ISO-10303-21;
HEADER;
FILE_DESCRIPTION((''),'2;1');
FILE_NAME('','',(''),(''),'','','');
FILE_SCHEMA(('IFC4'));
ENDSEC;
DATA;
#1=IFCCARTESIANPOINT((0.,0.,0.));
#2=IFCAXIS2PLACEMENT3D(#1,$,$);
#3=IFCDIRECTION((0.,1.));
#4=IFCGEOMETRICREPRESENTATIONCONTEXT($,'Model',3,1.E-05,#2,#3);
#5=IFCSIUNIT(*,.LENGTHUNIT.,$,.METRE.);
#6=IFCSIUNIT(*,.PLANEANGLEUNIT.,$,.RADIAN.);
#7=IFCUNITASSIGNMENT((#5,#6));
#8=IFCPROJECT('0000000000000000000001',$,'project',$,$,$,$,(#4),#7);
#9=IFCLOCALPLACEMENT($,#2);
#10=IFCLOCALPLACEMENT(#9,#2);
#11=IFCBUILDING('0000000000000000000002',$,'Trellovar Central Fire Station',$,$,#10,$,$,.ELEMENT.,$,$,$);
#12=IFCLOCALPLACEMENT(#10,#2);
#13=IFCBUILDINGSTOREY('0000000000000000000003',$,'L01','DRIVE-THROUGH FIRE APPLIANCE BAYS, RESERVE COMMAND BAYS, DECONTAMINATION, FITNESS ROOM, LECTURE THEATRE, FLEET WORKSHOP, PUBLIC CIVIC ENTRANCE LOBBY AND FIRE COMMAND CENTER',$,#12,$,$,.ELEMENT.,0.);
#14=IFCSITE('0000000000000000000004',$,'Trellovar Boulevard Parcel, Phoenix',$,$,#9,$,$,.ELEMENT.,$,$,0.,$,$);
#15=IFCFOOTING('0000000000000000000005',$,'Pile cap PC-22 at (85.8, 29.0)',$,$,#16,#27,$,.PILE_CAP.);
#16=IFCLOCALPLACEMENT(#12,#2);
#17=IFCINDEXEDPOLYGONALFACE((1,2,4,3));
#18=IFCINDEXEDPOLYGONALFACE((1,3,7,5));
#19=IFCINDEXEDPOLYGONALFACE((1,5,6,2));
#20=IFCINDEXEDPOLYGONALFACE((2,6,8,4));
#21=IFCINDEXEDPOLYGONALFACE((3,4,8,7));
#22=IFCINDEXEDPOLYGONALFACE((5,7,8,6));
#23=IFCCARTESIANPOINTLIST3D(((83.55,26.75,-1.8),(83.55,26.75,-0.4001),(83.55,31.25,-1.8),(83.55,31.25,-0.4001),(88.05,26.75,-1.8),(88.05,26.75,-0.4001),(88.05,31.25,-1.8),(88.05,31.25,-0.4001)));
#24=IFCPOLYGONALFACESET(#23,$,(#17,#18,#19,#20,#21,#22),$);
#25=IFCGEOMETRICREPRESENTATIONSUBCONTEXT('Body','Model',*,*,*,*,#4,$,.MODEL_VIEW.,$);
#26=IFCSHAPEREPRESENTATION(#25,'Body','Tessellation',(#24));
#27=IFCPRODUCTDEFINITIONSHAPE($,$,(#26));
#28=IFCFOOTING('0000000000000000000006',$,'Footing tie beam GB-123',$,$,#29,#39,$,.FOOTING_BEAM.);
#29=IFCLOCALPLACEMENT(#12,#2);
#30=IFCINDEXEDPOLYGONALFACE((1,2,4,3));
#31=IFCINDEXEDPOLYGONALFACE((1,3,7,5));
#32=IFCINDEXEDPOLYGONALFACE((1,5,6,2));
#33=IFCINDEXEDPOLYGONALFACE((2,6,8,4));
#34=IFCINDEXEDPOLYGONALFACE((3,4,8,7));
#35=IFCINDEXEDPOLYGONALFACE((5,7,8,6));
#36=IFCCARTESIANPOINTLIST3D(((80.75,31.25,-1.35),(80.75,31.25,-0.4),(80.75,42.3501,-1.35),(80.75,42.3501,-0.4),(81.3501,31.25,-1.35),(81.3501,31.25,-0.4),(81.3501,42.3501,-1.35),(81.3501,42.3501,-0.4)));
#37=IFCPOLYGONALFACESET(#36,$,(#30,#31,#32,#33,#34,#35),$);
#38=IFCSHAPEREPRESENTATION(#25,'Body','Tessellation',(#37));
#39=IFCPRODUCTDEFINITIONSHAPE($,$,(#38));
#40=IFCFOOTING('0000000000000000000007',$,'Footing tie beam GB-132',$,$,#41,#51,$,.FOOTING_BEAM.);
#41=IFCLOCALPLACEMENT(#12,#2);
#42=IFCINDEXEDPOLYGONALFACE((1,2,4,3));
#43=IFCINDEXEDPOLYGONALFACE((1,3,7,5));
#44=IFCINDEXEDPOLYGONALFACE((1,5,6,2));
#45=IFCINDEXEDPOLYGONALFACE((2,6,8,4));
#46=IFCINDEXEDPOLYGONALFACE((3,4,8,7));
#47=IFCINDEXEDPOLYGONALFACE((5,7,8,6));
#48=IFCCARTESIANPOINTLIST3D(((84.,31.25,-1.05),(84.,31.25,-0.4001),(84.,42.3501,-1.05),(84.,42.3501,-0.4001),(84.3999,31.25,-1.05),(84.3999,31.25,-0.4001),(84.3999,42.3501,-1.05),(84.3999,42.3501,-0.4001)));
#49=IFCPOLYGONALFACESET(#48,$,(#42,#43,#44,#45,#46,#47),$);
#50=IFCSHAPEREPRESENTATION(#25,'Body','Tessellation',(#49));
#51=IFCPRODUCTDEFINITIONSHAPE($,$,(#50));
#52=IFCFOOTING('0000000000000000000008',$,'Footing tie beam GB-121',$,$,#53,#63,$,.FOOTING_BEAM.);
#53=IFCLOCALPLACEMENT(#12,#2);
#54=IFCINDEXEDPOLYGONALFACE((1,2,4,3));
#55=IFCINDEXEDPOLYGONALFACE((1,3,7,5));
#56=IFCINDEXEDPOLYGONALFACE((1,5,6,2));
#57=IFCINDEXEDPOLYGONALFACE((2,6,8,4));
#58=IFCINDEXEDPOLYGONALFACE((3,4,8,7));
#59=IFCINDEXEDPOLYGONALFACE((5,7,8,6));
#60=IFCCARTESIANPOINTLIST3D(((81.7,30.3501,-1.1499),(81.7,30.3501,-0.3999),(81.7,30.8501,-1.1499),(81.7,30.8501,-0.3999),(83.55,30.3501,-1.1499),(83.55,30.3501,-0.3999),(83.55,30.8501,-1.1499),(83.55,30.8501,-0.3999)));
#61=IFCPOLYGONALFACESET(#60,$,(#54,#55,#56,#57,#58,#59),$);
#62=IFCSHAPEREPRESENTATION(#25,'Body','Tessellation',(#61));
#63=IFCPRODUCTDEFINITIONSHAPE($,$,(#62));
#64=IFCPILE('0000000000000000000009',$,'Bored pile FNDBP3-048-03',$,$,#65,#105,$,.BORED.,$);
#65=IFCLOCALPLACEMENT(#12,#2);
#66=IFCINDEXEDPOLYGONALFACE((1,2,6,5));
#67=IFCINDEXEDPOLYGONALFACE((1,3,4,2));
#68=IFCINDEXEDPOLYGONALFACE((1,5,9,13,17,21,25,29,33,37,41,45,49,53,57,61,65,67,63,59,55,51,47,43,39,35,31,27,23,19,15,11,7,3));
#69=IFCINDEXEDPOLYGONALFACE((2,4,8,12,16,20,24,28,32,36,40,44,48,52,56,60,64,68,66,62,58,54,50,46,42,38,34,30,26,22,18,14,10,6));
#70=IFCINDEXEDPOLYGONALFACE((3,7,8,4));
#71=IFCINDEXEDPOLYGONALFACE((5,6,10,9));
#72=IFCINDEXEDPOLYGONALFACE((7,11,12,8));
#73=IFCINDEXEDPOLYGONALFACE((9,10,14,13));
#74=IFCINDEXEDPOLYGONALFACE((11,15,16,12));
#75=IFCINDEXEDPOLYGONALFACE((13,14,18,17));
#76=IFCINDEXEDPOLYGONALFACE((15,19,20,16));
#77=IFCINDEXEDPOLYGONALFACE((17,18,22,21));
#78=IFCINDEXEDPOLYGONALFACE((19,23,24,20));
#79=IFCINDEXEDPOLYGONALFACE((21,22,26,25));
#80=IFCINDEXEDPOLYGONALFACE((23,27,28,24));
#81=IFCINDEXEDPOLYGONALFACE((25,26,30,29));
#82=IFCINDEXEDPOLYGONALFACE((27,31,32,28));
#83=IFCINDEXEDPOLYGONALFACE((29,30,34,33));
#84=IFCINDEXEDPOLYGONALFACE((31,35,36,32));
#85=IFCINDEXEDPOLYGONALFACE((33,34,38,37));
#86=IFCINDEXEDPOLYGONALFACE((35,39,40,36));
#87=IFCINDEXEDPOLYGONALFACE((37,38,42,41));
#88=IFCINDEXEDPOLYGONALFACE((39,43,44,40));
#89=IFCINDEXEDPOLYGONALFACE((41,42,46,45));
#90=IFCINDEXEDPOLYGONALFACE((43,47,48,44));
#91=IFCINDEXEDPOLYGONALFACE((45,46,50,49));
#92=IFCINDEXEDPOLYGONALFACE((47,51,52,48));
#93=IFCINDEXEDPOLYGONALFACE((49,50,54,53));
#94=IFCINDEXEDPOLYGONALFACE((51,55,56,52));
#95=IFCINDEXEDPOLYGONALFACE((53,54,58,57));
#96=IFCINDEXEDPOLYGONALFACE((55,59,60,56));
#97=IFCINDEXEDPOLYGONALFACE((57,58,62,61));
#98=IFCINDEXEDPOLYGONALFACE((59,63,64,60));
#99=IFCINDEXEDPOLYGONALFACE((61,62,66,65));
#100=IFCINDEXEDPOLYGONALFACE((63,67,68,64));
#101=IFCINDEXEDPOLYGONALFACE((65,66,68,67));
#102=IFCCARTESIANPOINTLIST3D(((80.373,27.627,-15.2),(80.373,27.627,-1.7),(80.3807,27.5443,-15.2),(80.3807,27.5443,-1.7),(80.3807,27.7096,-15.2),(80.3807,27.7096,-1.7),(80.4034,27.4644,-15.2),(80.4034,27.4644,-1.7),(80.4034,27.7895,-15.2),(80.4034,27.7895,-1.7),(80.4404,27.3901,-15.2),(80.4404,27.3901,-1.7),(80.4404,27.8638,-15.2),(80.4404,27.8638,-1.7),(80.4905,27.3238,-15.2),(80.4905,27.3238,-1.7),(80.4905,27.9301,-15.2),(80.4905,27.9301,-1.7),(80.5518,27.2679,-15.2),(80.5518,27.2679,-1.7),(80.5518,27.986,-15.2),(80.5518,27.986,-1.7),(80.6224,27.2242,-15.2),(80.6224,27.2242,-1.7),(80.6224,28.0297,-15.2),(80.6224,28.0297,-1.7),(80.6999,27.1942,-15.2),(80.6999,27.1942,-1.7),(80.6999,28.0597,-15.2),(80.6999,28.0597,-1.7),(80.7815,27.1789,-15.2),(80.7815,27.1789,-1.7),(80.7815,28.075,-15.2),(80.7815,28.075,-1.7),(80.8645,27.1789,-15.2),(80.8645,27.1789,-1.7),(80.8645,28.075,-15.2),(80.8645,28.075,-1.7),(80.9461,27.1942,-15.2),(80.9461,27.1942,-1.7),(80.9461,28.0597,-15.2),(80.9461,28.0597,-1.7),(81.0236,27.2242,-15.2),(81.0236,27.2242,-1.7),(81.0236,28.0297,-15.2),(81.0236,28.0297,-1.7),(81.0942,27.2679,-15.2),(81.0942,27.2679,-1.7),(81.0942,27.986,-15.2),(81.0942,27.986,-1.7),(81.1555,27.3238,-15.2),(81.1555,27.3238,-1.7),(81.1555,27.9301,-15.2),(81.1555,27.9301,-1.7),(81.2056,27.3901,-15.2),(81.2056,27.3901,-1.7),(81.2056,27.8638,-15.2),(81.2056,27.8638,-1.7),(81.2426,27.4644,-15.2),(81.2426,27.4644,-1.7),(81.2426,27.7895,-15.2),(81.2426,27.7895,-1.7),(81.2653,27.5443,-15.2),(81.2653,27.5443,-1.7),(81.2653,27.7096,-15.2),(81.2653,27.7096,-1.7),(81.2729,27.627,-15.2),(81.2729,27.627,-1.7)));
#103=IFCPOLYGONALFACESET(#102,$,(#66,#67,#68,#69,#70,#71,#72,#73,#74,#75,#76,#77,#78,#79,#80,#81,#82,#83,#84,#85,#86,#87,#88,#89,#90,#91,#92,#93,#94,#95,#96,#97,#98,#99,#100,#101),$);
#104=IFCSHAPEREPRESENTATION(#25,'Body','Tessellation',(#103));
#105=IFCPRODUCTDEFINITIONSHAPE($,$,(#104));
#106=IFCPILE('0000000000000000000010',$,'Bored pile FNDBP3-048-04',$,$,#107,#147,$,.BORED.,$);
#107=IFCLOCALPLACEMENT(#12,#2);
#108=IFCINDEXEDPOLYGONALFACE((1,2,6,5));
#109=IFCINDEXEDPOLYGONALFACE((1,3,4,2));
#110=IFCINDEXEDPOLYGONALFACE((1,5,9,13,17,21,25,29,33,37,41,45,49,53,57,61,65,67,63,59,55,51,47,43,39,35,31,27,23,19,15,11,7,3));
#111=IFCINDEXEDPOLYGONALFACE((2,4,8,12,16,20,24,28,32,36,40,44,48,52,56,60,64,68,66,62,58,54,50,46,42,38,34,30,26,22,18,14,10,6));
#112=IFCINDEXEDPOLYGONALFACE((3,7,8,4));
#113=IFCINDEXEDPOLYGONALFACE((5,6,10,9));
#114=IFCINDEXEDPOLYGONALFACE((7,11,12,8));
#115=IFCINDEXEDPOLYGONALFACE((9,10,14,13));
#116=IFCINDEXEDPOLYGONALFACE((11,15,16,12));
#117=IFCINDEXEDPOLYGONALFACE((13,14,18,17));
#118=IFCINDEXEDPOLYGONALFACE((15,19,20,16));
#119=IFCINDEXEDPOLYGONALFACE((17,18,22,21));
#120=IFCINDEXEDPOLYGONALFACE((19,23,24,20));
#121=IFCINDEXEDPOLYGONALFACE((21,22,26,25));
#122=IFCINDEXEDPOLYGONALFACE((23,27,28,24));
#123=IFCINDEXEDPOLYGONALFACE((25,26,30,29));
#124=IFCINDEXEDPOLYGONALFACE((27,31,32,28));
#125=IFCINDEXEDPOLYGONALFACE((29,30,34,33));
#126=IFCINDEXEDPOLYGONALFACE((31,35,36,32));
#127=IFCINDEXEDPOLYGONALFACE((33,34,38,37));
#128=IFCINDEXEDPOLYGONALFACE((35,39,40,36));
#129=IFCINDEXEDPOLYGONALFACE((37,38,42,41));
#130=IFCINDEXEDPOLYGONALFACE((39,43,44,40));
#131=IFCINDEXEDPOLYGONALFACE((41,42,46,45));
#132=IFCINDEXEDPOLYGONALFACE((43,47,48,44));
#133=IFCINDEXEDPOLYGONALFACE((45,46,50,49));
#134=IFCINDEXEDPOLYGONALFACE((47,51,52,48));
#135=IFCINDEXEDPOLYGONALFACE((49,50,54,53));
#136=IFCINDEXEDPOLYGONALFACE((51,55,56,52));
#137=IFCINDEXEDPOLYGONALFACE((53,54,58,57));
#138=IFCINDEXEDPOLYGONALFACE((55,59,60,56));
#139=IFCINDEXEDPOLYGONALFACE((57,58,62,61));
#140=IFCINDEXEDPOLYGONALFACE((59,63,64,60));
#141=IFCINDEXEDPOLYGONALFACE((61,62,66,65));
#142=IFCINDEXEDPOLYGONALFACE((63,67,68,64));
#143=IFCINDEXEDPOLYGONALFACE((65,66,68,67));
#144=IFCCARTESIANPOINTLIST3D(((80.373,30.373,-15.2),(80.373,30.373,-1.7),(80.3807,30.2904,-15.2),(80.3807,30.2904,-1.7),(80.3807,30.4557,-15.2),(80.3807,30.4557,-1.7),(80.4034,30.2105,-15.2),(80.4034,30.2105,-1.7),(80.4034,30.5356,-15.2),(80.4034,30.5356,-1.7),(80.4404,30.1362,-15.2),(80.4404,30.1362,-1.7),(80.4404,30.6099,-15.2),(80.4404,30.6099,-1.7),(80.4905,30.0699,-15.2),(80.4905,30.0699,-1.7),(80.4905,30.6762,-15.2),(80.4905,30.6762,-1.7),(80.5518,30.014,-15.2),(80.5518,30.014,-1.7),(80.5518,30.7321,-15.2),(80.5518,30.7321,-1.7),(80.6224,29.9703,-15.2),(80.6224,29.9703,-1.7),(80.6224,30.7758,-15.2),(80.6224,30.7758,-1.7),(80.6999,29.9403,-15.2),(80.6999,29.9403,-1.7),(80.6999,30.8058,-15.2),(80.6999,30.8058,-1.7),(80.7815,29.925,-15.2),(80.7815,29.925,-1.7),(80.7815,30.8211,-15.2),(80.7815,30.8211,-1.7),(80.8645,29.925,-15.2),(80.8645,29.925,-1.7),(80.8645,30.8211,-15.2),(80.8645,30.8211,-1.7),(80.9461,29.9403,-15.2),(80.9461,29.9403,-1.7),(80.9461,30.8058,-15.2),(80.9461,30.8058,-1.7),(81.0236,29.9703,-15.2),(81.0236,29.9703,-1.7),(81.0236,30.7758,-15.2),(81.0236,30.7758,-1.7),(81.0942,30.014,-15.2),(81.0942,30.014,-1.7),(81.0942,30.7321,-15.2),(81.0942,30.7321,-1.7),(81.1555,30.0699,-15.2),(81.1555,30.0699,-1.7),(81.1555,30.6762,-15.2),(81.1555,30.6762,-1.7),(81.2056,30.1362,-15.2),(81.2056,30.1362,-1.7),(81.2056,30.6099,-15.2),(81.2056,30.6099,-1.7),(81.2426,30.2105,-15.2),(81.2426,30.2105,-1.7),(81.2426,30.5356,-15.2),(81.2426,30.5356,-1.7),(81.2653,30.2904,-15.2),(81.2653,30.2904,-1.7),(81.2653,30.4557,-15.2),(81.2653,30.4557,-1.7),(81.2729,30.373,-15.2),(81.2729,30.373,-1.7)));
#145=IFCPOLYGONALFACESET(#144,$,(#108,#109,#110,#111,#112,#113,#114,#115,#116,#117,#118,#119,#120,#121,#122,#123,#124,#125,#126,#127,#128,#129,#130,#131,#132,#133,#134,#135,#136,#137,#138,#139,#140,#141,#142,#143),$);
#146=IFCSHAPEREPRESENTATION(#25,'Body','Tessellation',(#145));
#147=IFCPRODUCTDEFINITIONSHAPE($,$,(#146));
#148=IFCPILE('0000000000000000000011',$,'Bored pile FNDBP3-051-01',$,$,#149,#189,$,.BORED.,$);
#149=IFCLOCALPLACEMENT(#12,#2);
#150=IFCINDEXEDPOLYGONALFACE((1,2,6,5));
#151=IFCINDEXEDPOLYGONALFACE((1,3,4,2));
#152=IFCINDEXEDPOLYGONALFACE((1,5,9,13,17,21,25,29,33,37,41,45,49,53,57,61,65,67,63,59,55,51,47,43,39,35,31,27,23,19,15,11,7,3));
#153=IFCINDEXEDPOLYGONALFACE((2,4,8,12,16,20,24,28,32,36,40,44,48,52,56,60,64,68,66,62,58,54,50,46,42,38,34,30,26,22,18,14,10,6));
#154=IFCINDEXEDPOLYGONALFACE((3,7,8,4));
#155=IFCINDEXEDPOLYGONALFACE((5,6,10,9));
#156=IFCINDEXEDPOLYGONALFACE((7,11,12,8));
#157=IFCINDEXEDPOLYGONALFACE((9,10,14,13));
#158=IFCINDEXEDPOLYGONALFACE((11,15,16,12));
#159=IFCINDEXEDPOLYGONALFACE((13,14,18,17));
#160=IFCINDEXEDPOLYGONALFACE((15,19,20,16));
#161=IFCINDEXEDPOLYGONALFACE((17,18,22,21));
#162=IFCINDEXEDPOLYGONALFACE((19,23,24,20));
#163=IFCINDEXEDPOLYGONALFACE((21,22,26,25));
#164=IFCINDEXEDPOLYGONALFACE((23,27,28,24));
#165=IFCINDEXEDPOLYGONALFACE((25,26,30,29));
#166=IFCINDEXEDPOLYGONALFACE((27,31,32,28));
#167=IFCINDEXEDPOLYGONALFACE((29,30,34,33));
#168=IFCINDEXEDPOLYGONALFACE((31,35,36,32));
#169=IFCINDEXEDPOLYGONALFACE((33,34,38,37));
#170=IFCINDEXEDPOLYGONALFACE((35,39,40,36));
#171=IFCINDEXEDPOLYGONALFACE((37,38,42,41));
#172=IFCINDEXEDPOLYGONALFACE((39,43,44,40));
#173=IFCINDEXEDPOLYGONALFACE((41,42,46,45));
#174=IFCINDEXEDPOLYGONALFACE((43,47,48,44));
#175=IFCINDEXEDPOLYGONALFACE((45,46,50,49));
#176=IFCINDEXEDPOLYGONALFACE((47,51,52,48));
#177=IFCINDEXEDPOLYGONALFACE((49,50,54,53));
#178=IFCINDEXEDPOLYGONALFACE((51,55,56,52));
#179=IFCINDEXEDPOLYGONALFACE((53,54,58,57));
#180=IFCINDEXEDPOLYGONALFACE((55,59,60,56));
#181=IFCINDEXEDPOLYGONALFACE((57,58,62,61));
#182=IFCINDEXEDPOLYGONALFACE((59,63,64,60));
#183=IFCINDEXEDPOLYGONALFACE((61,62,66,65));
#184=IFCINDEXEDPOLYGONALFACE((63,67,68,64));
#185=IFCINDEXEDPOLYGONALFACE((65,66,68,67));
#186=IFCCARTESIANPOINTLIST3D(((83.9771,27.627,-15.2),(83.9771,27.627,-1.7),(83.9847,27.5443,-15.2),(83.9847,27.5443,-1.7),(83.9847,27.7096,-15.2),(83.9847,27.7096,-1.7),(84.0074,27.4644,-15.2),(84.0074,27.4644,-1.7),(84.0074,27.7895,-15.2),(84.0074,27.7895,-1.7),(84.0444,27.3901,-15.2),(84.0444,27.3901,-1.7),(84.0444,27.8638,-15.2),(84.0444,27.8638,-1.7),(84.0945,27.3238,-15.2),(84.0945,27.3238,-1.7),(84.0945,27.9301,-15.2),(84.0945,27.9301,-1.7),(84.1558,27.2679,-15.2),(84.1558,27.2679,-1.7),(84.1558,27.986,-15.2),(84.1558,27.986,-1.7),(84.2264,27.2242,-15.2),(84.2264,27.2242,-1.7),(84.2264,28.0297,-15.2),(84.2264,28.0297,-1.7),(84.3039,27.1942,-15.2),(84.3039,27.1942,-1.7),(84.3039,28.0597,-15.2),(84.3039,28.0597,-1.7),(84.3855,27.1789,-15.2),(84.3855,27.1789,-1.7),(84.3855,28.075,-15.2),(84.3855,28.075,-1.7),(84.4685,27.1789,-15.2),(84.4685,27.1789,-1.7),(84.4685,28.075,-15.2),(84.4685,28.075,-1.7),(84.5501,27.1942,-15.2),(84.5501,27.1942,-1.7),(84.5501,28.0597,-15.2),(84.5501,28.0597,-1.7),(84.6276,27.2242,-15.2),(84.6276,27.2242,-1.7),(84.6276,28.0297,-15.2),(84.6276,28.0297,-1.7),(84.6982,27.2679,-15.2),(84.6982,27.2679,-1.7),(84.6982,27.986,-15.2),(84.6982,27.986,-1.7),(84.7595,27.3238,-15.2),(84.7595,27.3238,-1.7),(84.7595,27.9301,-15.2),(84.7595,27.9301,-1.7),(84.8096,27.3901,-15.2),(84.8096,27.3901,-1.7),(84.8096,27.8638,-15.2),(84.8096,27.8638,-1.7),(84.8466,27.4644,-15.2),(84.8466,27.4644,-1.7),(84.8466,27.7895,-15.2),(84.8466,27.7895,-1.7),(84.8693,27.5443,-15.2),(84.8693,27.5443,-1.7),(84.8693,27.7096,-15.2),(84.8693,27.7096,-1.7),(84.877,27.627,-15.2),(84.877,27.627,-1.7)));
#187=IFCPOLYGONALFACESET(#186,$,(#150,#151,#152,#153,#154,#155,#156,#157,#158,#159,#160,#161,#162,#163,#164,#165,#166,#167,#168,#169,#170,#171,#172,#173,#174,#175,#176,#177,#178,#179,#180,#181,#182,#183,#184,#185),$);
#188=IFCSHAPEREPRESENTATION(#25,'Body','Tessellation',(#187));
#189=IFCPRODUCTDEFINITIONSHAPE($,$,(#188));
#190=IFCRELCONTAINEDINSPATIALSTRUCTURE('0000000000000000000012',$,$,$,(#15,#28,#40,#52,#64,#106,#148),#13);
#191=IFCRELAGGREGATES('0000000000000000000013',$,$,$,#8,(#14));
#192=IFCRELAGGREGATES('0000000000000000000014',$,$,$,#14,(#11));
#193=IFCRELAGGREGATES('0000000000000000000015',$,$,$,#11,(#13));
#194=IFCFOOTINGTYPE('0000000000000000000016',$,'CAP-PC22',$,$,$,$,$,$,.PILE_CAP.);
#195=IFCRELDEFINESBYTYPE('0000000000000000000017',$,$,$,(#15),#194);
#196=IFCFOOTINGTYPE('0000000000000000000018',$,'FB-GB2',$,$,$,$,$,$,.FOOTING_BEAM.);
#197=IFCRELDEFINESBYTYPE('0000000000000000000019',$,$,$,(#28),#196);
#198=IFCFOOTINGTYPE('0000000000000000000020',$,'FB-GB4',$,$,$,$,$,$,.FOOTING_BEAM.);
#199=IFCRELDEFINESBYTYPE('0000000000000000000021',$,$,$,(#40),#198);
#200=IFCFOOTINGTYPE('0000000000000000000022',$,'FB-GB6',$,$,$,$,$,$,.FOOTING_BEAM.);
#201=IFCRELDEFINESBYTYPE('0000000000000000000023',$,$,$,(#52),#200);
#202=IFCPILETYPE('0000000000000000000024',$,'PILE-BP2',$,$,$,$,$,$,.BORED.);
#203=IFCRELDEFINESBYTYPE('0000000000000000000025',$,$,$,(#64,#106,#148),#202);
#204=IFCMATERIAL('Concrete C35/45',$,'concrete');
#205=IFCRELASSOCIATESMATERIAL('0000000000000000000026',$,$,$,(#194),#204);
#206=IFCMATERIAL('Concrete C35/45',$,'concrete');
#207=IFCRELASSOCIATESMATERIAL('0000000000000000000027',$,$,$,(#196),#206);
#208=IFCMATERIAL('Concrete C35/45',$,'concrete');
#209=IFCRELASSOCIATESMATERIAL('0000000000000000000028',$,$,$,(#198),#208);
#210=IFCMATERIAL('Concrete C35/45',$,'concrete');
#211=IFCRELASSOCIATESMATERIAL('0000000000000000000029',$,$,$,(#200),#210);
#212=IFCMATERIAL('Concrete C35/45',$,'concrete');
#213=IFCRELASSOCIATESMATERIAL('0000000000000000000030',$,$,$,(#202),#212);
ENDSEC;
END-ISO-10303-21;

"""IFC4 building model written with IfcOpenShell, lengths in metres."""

from ifc_helpers import new_model, si_unit, direction, frame, origin, origin_2d, place, context, subcontext, project, spatial, rectangle, circle, extrude, material, material_profile, profile_set, type_object, element, save


model = new_model("IFC4")

# Units and contexts
model_context = context("Model", 3, precision=1e-05, world=origin(), true_north=direction((0.0, 1.0)))
body_context = subcontext(model_context, "Body", "Model", "MODEL_VIEW")
ifc_project = project(units=[si_unit("LENGTHUNIT", "METRE"), si_unit("PLANEANGLEUNIT", "RADIAN")], contexts=[model_context])

# Site, building, storey
site_placement = place(None, origin())
site = spatial("IfcSite", under=ifc_project, at=site_placement, Name="Trellovar Boulevard Parcel, Phoenix", CompositionType="ELEMENT", RefElevation=0.0)
building_placement = place(site_placement, origin())
building = spatial("IfcBuilding", under=site, at=building_placement, Name="Trellovar Central Fire Station", CompositionType="ELEMENT")
storey_placement = place(building_placement, origin())
storey = spatial("IfcBuildingStorey", under=building, at=storey_placement, Name="L01", Description="DRIVE-THROUGH FIRE APPLIANCE BAYS, RESERVE COMMAND BAYS, DECONTAMINATION, FITNESS ROOM, LECTURE THEATRE, FLEET WORKSHOP, PUBLIC CIVIC ENTRANCE LOBBY AND FIRE COMMAND CENTER", CompositionType="ELEMENT", Elevation=0.0)

# Footings
ifc_material_1 = material(Name="Concrete C35/45", Category="concrete")
footing_type_1 = type_object("IfcFootingType", Name="CAP-PC22", PredefinedType="PILE_CAP", material=ifc_material_1)
footing_1_placement = place(storey_placement, frame((85.8, 29.0, -1.8), z_axis=(0.0, 0.0, 1.0), x_axis=(1.0, 0.0, 0.0)))
element("IfcFooting", 1, at=footing_1_placement, inside=storey, type_object=footing_type_1, Name="Pile cap PC-22 at (85.8, 29.0)", PredefinedType="PILE_CAP", context=body_context, shape_type="SweptSolid", body=[
    extrude(rectangle(XDim=4.5, YDim=4.5, at=origin_2d()), origin(), (0.0, 0.0, 1.0), 1.3999),
])
ifc_material_2 = material(Name="Concrete C35/45", Category="concrete")
ifc_material_profile_1 = material_profile(ifc_material_2, rectangle(XDim=0.6001, YDim=0.95, at=origin_2d()), Name="RC600X950")
ifc_profile_set_1 = profile_set([ifc_material_profile_1], Name="Concrete C35/45")
footing_type_2 = type_object("IfcFootingType", Name="FB-GB2", PredefinedType="FOOTING_BEAM", material=ifc_profile_set_1)
footing_2_placement = place(storey_placement, frame((81.05, 31.25, -0.875), z_axis=(0.0, 1.0, 0.0), x_axis=(-1.0, 0.0, 0.0)))
element("IfcFooting", 2, at=footing_2_placement, inside=storey, type_object=footing_type_2, Name="Footing tie beam GB-123", PredefinedType="FOOTING_BEAM", context=body_context, shape_type="SweptSolid", body=[
    extrude(rectangle(XDim=0.6001, YDim=0.95, at=origin_2d()), origin(), (0.0, 0.0, 1.0), 11.1001),
])
ifc_material_3 = material(Name="Concrete C35/45", Category="concrete")
ifc_material_profile_2 = material_profile(ifc_material_3, rectangle(XDim=0.3999, YDim=0.6499, at=origin_2d()), Name="RC400X650")
ifc_profile_set_2 = profile_set([ifc_material_profile_2], Name="Concrete C35/45")
footing_type_3 = type_object("IfcFootingType", Name="FB-GB4", PredefinedType="FOOTING_BEAM", material=ifc_profile_set_2)
footing_3_placement = place(storey_placement, frame((84.2, 31.25, -0.7251), z_axis=(0.0, 1.0, 0.0), x_axis=(-1.0, 0.0, 0.0)))
element("IfcFooting", 3, at=footing_3_placement, inside=storey, type_object=footing_type_3, Name="Footing tie beam GB-132", PredefinedType="FOOTING_BEAM", context=body_context, shape_type="SweptSolid", body=[
    extrude(rectangle(XDim=0.3999, YDim=0.6499, at=origin_2d()), origin(), (0.0, 0.0, 1.0), 11.1001),
])
ifc_material_4 = material(Name="Concrete C35/45", Category="concrete")
ifc_material_profile_3 = material_profile(ifc_material_4, rectangle(XDim=0.5, YDim=0.75, at=origin_2d()), Name="RC500X750")
ifc_profile_set_3 = profile_set([ifc_material_profile_3], Name="Concrete C35/45")
footing_type_4 = type_object("IfcFootingType", Name="FB-GB6", PredefinedType="FOOTING_BEAM", material=ifc_profile_set_3)
footing_4_placement = place(storey_placement, frame((81.7, 30.6001, -0.7749), z_axis=(1.0, 0.0, 0.0), x_axis=(0.0, 1.0, 0.0)))
element("IfcFooting", 4, at=footing_4_placement, inside=storey, type_object=footing_type_4, Name="Footing tie beam GB-121", PredefinedType="FOOTING_BEAM", context=body_context, shape_type="SweptSolid", body=[
    extrude(rectangle(XDim=0.5, YDim=0.75, at=origin_2d()), origin(), (0.0, 0.0, 1.0), 1.8501),
])

# Piles
ifc_material_5 = material(Name="Concrete C35/45", Category="concrete")
ifc_material_profile_4 = material_profile(ifc_material_5, circle(Radius=0.45, at=origin_2d()), Name="PILE900")
ifc_profile_set_4 = profile_set([ifc_material_profile_4], Name="Concrete C35/45")
pile_type = type_object("IfcPileType", Name="PILE-BP2", PredefinedType="BORED", material=ifc_profile_set_4)
for number, where, z_axis, x_axis, name in (
    (5, (80.823, 27.627, -1.7), (0.0, 0.0, -1.0), (1.0, 0.0, 0.0), "Bored pile FNDBP3-048-03"),
    (6, (80.823, 30.373, -1.7), (0.0, 0.0, -1.0), (1.0, 0.0, 0.0), "Bored pile FNDBP3-048-04"),
    (7, (84.427, 27.627, -1.7), (0.0, 0.0, -1.0), (1.0, 0.0, 0.0), "Bored pile FNDBP3-051-01"),
):
    element("IfcPile", number, at=place(storey_placement, frame(where, z_axis=z_axis, x_axis=x_axis)), inside=storey, type_object=pile_type, Name=name, PredefinedType="BORED", context=body_context, shape_type="SweptSolid", body=[
        extrude(circle(Radius=0.45, at=origin_2d()), origin(), (0.0, 0.0, 1.0), 13.5),
    ])

save(model, "model.ifc")
